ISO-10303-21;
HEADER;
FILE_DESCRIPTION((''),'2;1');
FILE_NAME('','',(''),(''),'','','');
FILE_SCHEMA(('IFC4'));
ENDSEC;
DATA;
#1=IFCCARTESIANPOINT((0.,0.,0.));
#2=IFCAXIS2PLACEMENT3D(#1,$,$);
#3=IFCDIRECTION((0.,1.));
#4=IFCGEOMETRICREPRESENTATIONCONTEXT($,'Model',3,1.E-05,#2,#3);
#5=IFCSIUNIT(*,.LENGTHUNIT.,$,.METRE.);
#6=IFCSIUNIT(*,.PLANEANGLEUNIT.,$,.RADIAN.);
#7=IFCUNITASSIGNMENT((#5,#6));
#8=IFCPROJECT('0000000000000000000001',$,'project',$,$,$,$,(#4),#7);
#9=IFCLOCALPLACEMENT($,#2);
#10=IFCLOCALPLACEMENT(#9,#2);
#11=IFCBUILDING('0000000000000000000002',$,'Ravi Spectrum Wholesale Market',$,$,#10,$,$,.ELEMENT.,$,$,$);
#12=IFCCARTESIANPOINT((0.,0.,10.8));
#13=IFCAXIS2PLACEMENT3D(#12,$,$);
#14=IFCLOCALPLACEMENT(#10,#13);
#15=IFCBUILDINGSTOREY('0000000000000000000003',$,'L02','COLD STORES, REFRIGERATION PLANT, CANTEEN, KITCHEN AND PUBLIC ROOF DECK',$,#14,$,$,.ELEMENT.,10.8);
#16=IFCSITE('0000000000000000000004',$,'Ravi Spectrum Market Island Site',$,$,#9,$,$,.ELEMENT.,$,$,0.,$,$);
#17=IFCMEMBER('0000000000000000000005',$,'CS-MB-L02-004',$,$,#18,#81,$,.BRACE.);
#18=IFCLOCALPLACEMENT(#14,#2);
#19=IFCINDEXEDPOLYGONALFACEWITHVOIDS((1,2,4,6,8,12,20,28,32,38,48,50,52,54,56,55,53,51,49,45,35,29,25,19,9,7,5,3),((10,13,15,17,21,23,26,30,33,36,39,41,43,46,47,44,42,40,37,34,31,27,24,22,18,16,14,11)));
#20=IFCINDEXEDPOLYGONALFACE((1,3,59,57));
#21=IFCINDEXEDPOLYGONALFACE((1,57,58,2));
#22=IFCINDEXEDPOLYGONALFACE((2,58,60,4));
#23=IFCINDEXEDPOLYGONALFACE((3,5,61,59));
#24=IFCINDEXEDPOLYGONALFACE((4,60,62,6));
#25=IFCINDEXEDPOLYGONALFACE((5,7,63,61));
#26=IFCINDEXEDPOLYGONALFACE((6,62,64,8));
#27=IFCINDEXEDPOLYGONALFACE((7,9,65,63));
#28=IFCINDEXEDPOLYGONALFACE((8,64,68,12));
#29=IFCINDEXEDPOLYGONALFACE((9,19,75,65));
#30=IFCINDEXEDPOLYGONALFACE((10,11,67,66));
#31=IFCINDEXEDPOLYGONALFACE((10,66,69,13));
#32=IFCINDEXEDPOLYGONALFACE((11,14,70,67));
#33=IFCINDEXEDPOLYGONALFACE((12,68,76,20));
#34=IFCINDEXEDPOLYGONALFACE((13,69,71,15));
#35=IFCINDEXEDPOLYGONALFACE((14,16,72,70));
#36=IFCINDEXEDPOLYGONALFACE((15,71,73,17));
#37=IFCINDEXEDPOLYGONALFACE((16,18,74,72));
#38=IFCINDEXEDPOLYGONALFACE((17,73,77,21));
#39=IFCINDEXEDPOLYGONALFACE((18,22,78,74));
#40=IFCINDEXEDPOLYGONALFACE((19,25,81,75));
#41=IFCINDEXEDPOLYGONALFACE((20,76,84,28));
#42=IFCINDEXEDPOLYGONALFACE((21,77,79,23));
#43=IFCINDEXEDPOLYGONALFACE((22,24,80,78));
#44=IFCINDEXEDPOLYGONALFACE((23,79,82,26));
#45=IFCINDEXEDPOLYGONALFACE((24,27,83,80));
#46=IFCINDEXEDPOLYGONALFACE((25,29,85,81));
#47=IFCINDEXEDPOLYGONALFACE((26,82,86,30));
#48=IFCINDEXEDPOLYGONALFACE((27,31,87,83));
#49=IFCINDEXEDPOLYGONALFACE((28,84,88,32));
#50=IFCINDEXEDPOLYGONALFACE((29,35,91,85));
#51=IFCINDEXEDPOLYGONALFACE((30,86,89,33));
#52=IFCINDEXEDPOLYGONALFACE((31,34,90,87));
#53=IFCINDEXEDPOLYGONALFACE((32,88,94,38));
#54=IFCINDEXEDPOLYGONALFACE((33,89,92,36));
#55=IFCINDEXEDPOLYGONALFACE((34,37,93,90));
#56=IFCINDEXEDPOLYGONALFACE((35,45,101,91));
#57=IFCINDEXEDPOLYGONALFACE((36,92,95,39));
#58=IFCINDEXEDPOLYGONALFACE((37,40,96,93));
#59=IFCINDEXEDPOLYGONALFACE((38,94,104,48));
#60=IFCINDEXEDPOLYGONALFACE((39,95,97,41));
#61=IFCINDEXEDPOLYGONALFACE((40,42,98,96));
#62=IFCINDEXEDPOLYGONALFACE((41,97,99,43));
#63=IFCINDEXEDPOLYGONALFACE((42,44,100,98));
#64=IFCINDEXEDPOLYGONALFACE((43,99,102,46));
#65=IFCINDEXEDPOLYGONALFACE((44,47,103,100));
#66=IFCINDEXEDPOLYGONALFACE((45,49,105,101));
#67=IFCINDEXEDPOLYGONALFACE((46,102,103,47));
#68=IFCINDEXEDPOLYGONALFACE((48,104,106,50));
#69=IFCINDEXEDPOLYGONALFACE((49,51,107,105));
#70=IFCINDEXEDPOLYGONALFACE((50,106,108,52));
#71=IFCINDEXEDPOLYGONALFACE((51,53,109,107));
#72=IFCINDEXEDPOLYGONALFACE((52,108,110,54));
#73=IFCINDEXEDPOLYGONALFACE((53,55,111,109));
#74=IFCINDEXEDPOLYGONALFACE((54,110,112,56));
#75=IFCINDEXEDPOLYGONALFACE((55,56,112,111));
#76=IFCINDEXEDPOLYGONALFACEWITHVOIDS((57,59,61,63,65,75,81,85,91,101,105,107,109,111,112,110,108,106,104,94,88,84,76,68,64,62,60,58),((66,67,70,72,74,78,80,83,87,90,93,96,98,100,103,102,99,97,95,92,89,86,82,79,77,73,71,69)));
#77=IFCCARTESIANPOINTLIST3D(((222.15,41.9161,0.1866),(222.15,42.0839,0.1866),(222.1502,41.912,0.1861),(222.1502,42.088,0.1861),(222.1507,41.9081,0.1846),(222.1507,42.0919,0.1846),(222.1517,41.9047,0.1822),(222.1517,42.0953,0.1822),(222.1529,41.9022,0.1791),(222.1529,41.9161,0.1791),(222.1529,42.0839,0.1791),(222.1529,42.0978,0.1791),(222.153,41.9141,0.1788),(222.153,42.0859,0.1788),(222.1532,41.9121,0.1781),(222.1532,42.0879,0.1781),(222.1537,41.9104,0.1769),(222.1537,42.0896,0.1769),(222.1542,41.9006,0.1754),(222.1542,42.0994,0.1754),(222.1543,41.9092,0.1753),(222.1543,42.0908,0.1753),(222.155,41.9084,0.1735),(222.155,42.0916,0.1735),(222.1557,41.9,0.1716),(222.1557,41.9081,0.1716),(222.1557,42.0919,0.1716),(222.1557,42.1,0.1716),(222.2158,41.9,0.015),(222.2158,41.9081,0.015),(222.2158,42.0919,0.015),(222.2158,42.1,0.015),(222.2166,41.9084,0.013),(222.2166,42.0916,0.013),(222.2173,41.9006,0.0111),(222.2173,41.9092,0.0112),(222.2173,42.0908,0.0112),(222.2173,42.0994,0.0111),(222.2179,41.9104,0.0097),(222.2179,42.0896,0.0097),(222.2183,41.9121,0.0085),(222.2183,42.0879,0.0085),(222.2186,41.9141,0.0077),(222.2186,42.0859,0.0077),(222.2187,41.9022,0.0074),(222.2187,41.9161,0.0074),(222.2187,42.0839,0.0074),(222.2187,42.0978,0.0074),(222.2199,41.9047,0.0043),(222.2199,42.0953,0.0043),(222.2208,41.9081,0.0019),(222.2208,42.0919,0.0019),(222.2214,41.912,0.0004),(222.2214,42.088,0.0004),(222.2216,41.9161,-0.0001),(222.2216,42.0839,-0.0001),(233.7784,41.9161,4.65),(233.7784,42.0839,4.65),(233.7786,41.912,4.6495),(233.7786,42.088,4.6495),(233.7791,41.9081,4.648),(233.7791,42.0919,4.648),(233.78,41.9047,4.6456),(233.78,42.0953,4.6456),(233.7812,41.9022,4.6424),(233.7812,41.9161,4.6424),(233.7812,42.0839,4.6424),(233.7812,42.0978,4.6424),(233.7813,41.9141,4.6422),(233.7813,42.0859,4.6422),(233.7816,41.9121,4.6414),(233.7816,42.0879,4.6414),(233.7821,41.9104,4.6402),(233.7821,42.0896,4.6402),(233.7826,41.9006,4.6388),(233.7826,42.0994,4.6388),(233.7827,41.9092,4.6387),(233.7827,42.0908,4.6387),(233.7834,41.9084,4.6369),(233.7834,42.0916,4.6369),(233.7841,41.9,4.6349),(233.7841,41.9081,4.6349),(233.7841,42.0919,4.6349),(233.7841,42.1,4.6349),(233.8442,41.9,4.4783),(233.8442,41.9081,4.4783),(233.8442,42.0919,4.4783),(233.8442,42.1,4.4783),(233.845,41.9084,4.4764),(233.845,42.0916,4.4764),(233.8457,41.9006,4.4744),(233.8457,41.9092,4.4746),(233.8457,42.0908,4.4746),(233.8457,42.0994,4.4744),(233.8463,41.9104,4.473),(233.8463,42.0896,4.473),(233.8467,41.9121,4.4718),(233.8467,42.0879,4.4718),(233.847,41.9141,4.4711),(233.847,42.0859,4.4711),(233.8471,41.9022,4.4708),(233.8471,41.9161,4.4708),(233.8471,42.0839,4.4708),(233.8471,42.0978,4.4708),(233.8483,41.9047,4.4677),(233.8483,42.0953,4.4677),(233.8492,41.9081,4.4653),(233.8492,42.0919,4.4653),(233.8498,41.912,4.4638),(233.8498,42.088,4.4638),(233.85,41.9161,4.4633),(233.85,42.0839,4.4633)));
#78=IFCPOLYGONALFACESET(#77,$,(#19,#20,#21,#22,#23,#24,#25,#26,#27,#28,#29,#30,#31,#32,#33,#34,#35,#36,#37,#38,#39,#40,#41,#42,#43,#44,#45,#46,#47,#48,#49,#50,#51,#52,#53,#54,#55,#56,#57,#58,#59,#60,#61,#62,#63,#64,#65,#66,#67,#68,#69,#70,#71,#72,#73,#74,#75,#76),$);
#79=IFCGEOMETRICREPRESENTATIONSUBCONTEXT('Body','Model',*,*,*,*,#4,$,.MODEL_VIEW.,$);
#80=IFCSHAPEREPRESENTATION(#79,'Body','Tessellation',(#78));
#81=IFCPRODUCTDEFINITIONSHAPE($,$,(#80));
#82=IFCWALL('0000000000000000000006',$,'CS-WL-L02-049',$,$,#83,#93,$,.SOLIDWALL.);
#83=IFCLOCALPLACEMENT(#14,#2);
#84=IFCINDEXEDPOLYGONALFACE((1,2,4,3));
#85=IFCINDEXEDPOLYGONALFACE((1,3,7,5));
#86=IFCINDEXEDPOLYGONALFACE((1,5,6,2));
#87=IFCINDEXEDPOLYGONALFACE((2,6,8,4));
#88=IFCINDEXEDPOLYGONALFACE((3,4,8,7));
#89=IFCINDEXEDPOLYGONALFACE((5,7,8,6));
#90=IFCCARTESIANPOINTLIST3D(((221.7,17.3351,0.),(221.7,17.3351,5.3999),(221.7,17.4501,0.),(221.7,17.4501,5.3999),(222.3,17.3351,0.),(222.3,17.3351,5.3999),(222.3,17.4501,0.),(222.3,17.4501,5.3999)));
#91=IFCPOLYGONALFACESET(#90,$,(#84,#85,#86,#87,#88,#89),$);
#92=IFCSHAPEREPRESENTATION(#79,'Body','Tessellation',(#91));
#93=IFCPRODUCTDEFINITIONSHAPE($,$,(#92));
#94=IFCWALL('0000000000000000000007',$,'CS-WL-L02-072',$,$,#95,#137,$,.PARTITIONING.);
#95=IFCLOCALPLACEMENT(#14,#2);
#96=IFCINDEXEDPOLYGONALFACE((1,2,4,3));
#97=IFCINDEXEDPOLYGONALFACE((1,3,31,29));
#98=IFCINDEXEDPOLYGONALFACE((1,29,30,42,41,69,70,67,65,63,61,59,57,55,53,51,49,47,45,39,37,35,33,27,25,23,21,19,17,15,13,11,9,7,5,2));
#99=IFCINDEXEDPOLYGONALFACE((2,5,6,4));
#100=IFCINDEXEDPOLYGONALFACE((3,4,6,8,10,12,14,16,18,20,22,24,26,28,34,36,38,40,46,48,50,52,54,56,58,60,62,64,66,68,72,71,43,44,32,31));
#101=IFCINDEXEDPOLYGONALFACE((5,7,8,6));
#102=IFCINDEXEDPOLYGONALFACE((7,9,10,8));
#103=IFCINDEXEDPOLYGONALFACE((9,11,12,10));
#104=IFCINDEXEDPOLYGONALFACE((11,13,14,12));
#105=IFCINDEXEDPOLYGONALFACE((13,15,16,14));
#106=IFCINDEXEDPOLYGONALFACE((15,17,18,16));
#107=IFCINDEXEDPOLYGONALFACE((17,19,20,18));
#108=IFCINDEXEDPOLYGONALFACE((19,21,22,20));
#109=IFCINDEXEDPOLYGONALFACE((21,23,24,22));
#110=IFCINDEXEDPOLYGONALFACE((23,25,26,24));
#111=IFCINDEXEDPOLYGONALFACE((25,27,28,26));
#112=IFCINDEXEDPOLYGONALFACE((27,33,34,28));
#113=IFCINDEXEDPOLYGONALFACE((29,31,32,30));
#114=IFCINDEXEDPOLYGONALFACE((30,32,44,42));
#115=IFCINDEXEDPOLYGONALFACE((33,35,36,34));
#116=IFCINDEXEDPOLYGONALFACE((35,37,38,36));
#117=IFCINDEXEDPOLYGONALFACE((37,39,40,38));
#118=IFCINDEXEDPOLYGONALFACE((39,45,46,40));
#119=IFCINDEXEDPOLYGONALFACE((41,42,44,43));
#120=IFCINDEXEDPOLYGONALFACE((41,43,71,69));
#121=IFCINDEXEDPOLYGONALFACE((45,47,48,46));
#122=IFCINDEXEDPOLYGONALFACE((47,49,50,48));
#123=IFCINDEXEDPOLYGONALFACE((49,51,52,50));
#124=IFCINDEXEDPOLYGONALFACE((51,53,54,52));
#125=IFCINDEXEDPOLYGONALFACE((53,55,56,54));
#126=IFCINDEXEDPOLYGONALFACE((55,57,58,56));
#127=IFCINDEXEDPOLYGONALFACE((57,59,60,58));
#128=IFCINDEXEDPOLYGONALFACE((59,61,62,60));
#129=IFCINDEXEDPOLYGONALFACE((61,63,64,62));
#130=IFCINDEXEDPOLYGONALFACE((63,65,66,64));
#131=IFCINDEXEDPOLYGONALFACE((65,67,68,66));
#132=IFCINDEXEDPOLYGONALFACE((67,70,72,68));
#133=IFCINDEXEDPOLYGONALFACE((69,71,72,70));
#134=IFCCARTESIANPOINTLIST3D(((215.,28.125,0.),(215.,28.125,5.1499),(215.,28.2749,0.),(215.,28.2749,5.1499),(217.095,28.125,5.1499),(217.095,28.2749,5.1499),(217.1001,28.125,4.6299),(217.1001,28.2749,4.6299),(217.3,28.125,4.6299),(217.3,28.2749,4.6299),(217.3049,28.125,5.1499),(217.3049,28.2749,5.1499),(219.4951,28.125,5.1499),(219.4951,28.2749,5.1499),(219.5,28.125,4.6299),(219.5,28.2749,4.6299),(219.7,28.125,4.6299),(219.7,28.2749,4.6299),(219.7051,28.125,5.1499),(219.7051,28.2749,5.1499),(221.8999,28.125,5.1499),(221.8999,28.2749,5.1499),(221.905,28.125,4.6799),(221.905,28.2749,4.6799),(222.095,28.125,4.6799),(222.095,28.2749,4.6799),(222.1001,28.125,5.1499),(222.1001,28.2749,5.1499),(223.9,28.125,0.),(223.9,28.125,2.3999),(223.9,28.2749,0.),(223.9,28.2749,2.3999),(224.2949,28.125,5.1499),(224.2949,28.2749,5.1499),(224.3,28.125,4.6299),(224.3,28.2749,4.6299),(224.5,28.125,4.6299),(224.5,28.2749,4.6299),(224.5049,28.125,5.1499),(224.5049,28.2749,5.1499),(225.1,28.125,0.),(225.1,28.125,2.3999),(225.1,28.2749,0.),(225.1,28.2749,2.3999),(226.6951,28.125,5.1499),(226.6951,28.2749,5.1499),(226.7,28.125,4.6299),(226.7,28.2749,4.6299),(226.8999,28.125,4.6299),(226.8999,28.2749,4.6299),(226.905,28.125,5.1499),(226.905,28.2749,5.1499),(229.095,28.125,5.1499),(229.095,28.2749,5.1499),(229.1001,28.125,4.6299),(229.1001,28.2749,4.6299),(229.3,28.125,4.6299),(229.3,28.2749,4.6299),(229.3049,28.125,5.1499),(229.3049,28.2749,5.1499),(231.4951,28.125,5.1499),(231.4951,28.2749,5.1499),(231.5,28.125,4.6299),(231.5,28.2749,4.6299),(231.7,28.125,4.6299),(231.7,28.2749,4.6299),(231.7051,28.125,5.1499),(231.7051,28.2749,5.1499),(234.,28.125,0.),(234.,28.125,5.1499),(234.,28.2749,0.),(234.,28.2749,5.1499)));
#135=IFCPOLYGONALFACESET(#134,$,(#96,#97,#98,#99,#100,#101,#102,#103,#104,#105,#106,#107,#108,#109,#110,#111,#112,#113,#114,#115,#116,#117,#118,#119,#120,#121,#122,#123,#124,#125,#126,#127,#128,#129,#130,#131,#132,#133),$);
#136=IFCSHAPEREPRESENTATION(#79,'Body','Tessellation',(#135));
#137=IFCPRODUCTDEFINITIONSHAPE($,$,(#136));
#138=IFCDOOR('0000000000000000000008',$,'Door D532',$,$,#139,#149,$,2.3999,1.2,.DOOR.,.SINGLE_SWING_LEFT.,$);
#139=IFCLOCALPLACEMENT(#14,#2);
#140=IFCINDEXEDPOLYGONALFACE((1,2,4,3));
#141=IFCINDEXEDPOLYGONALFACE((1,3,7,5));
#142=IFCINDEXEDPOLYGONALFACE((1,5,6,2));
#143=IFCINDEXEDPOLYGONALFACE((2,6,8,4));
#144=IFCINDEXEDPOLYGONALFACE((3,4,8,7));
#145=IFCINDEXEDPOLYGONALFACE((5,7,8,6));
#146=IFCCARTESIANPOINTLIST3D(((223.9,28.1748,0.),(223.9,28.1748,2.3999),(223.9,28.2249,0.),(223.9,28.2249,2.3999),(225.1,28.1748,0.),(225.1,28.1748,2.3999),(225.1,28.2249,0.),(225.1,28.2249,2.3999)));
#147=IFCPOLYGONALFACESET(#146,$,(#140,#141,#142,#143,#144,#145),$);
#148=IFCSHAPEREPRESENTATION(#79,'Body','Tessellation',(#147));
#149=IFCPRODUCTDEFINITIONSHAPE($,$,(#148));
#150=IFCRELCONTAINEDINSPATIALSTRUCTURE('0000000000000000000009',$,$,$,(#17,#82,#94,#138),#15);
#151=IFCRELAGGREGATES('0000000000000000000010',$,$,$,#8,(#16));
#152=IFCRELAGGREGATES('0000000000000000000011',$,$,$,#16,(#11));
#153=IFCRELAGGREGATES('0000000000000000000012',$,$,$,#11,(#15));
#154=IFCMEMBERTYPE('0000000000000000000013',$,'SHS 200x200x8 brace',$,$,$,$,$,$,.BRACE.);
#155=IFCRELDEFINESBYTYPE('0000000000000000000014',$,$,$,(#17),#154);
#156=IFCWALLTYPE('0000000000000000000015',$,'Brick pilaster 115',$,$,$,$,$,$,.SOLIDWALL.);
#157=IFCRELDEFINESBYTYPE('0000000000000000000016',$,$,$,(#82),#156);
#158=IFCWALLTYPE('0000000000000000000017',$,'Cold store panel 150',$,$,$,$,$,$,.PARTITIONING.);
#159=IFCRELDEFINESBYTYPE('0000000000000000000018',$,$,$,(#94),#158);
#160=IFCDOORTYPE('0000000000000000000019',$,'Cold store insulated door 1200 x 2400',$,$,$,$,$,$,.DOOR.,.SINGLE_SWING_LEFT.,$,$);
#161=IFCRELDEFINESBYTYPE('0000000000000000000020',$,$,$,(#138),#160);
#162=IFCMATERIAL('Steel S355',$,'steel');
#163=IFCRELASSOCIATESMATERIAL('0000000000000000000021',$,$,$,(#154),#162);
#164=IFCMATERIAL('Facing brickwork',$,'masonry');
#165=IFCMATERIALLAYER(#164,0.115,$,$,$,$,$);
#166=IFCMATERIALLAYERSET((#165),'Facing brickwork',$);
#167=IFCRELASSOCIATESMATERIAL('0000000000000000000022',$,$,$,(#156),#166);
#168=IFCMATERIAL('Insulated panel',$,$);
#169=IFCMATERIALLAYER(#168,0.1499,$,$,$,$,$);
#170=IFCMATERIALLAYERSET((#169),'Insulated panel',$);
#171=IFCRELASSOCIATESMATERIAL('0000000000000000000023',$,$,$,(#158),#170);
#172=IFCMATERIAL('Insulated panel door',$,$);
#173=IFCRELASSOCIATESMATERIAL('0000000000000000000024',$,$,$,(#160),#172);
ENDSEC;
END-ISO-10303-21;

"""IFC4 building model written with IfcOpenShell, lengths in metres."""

from ifc_helpers import new_model, si_unit, direction, frame, frame_2d, origin, origin_2d, place, context, subcontext, project, spatial, polyline, rectangle, hollow_rectangle, outline, extrude, material, layer, layer_set, material_profile, profile_set, type_object, element, fill, save


model = new_model("IFC4")

# Units and contexts
model_context = context("Model", 3, precision=1e-05, world=origin(), true_north=direction((0.0, 1.0)))
body_context = subcontext(model_context, "Body", "Model", "MODEL_VIEW")
ifc_project = project(units=[si_unit("LENGTHUNIT", "METRE"), si_unit("PLANEANGLEUNIT", "RADIAN")], contexts=[model_context])

# Site, building, storey
site_placement = place(None, origin())
site = spatial("IfcSite", under=ifc_project, at=site_placement, Name="Ravi Spectrum Market Island Site", CompositionType="ELEMENT", RefElevation=0.0)
building_placement = place(site_placement, origin())
building = spatial("IfcBuilding", under=site, at=building_placement, Name="Ravi Spectrum Wholesale Market", CompositionType="ELEMENT")
storey_placement = place(building_placement, frame((0.0, 0.0, 10.8)))
storey = spatial("IfcBuildingStorey", under=building, at=storey_placement, Name="L02", Description="COLD STORES, REFRIGERATION PLANT, CANTEEN, KITCHEN AND PUBLIC ROOF DECK", CompositionType="ELEMENT", Elevation=10.8)

# Member
ifc_material_1 = material(Name="Steel S355", Category="steel")
ifc_material_profile_1 = material_profile(ifc_material_1, hollow_rectangle(XDim=0.2, YDim=0.2, WallThickness=0.0081, InnerFilletRadius=0.0081, OuterFilletRadius=0.0161, at=origin_2d()))
ifc_profile_set_1 = profile_set([ifc_material_profile_1], Name="Steel S355")
member_type = type_object("IfcMemberType", Name="SHS 200x200x8 brace", PredefinedType="BRACE", material=ifc_profile_set_1)
for number, where, z_axis, x_axis, name in (
    (1, (222.1858, 42.0, 0.0933), (0.93359, 0.0, 0.358343), (0.0, 1.0, 0.0), "CS-MB-L02-004"),
):
    element("IfcMember", number, at=place(storey_placement, frame(where, z_axis=z_axis, x_axis=x_axis)), inside=storey, type_object=member_type, Name=name, PredefinedType="BRACE", context=body_context, shape_type="SweptSolid", body=[
        extrude(hollow_rectangle(XDim=0.2, YDim=0.2, WallThickness=0.0081, InnerFilletRadius=0.0081, OuterFilletRadius=0.0161, at=origin_2d()), origin(), (0.0, 0.0, 1.0), 12.4556),
    ])

# Wall
ifc_material_2 = material(Name="Facing brickwork", Category="masonry")
ifc_layer_1 = layer(ifc_material_2, 0.115)
ifc_layer_set_1 = layer_set([ifc_layer_1], Name="Facing brickwork")
wall_type_1 = type_object("IfcWallType", Name="Brick pilaster 115", PredefinedType="SOLIDWALL", material=ifc_layer_set_1)
wall_1_placement = place(storey_placement, frame((221.7, 17.3926, 0.0), z_axis=(0.0, 0.0, 1.0), x_axis=(1.0, 0.0, 0.0)))
element("IfcWall", 2, at=wall_1_placement, inside=storey, type_object=wall_type_1, Name="CS-WL-L02-049", PredefinedType="SOLIDWALL", context=body_context, shape_type="SweptSolid", body=[
    extrude(rectangle(XDim=0.6001, YDim=0.115, at=frame_2d((0.3, 0.0))), origin(), (0.0, 0.0, 1.0), 5.3999),
])

# Wall, opening, door
ifc_material_3 = material(Name="Insulated panel")
ifc_layer_2 = layer(ifc_material_3, 0.1499)
ifc_layer_set_2 = layer_set([ifc_layer_2], Name="Insulated panel")
wall_type_2 = type_object("IfcWallType", Name="Cold store panel 150", PredefinedType="PARTITIONING", material=ifc_layer_set_2)
wall_2_placement = place(storey_placement, frame((215.0, 28.2, 0.0), z_axis=(0.0, 0.0, 1.0), x_axis=(1.0, 0.0, 0.0)))
wall_2 = element("IfcWall", 3, at=wall_2_placement, inside=storey, type_object=wall_type_2, Name="CS-WL-L02-072", PredefinedType="PARTITIONING", context=body_context, shape_type="SweptSolid", body=[
    extrude(outline(polyline([(0.0, 0.0), (19.0, 0.0), (19.0, 5.1499), (16.7051, 5.1499), (16.7, 4.6299), (16.5, 4.6299), (16.4951, 5.1499), (14.3049, 5.1499), (14.3, 4.6299), (14.1001, 4.6299), (14.095, 5.1499), (11.905, 5.1499), (11.8999, 4.6299), (11.7, 4.6299), (11.6951, 5.1499), (9.5049, 5.1499), (9.5, 4.6299), (9.3, 4.6299), (9.2949, 5.1499), (7.1001, 5.1499), (7.095, 4.6799), (6.905, 4.6799), (6.8999, 5.1499), (4.7051, 5.1499), (4.7, 4.6299), (4.5, 4.6299), (4.4951, 5.1499), (2.3049, 5.1499), (2.3, 4.6299), (2.1001, 4.6299), (2.095, 5.1499), (0.0, 5.1499), (0.0, 0.0)])), frame((0.0, 0.075, 0.0), z_axis=(0.0, -1.0, 0.0), x_axis=(1.0, 0.0, 0.0)), (0.0, 0.0, 1.0), 0.1499),
])
opening_1_placement = place(wall_2_placement, frame((8.8999, 0.0, 0.0)))
opening_1 = element("IfcOpeningElement", 4, at=opening_1_placement, cuts=wall_2, PredefinedType="OPENING", context=body_context, shape_type="SweptSolid", body=[
    extrude(rectangle(XDim=1.2, YDim=2.3999, at=frame_2d((0.6001, 1.2))), frame((0.0, 0.085, 0.0), z_axis=(0.0, -1.0, 0.0), x_axis=(1.0, 0.0, 0.0)), (0.0, 0.0, 1.0), 0.1699),
])
ifc_material_4 = material(Name="Insulated panel door")
door_type = type_object("IfcDoorType", Name="Cold store insulated door 1200 x 2400", OperationType="SINGLE_SWING_LEFT", PredefinedType="DOOR", material=ifc_material_4)
door_1_placement = place(opening_1_placement, origin())
door_1 = element("IfcDoor", 5, at=door_1_placement, inside=storey, type_object=door_type, Name="Door D532", OperationType="SINGLE_SWING_LEFT", OverallHeight=2.3999, OverallWidth=1.2, PredefinedType="DOOR", context=body_context, shape_type="SweptSolid", body=[
    extrude(rectangle(XDim=1.2, YDim=2.3999, at=frame_2d((0.6001, 1.2))), frame((0.0, 0.0249, 0.0), z_axis=(0.0, -1.0, 0.0), x_axis=(1.0, 0.0, 0.0)), (0.0, 0.0, 1.0), 0.05),
])
fill(opening_1, door_1)

save(model, "model.ifc")
